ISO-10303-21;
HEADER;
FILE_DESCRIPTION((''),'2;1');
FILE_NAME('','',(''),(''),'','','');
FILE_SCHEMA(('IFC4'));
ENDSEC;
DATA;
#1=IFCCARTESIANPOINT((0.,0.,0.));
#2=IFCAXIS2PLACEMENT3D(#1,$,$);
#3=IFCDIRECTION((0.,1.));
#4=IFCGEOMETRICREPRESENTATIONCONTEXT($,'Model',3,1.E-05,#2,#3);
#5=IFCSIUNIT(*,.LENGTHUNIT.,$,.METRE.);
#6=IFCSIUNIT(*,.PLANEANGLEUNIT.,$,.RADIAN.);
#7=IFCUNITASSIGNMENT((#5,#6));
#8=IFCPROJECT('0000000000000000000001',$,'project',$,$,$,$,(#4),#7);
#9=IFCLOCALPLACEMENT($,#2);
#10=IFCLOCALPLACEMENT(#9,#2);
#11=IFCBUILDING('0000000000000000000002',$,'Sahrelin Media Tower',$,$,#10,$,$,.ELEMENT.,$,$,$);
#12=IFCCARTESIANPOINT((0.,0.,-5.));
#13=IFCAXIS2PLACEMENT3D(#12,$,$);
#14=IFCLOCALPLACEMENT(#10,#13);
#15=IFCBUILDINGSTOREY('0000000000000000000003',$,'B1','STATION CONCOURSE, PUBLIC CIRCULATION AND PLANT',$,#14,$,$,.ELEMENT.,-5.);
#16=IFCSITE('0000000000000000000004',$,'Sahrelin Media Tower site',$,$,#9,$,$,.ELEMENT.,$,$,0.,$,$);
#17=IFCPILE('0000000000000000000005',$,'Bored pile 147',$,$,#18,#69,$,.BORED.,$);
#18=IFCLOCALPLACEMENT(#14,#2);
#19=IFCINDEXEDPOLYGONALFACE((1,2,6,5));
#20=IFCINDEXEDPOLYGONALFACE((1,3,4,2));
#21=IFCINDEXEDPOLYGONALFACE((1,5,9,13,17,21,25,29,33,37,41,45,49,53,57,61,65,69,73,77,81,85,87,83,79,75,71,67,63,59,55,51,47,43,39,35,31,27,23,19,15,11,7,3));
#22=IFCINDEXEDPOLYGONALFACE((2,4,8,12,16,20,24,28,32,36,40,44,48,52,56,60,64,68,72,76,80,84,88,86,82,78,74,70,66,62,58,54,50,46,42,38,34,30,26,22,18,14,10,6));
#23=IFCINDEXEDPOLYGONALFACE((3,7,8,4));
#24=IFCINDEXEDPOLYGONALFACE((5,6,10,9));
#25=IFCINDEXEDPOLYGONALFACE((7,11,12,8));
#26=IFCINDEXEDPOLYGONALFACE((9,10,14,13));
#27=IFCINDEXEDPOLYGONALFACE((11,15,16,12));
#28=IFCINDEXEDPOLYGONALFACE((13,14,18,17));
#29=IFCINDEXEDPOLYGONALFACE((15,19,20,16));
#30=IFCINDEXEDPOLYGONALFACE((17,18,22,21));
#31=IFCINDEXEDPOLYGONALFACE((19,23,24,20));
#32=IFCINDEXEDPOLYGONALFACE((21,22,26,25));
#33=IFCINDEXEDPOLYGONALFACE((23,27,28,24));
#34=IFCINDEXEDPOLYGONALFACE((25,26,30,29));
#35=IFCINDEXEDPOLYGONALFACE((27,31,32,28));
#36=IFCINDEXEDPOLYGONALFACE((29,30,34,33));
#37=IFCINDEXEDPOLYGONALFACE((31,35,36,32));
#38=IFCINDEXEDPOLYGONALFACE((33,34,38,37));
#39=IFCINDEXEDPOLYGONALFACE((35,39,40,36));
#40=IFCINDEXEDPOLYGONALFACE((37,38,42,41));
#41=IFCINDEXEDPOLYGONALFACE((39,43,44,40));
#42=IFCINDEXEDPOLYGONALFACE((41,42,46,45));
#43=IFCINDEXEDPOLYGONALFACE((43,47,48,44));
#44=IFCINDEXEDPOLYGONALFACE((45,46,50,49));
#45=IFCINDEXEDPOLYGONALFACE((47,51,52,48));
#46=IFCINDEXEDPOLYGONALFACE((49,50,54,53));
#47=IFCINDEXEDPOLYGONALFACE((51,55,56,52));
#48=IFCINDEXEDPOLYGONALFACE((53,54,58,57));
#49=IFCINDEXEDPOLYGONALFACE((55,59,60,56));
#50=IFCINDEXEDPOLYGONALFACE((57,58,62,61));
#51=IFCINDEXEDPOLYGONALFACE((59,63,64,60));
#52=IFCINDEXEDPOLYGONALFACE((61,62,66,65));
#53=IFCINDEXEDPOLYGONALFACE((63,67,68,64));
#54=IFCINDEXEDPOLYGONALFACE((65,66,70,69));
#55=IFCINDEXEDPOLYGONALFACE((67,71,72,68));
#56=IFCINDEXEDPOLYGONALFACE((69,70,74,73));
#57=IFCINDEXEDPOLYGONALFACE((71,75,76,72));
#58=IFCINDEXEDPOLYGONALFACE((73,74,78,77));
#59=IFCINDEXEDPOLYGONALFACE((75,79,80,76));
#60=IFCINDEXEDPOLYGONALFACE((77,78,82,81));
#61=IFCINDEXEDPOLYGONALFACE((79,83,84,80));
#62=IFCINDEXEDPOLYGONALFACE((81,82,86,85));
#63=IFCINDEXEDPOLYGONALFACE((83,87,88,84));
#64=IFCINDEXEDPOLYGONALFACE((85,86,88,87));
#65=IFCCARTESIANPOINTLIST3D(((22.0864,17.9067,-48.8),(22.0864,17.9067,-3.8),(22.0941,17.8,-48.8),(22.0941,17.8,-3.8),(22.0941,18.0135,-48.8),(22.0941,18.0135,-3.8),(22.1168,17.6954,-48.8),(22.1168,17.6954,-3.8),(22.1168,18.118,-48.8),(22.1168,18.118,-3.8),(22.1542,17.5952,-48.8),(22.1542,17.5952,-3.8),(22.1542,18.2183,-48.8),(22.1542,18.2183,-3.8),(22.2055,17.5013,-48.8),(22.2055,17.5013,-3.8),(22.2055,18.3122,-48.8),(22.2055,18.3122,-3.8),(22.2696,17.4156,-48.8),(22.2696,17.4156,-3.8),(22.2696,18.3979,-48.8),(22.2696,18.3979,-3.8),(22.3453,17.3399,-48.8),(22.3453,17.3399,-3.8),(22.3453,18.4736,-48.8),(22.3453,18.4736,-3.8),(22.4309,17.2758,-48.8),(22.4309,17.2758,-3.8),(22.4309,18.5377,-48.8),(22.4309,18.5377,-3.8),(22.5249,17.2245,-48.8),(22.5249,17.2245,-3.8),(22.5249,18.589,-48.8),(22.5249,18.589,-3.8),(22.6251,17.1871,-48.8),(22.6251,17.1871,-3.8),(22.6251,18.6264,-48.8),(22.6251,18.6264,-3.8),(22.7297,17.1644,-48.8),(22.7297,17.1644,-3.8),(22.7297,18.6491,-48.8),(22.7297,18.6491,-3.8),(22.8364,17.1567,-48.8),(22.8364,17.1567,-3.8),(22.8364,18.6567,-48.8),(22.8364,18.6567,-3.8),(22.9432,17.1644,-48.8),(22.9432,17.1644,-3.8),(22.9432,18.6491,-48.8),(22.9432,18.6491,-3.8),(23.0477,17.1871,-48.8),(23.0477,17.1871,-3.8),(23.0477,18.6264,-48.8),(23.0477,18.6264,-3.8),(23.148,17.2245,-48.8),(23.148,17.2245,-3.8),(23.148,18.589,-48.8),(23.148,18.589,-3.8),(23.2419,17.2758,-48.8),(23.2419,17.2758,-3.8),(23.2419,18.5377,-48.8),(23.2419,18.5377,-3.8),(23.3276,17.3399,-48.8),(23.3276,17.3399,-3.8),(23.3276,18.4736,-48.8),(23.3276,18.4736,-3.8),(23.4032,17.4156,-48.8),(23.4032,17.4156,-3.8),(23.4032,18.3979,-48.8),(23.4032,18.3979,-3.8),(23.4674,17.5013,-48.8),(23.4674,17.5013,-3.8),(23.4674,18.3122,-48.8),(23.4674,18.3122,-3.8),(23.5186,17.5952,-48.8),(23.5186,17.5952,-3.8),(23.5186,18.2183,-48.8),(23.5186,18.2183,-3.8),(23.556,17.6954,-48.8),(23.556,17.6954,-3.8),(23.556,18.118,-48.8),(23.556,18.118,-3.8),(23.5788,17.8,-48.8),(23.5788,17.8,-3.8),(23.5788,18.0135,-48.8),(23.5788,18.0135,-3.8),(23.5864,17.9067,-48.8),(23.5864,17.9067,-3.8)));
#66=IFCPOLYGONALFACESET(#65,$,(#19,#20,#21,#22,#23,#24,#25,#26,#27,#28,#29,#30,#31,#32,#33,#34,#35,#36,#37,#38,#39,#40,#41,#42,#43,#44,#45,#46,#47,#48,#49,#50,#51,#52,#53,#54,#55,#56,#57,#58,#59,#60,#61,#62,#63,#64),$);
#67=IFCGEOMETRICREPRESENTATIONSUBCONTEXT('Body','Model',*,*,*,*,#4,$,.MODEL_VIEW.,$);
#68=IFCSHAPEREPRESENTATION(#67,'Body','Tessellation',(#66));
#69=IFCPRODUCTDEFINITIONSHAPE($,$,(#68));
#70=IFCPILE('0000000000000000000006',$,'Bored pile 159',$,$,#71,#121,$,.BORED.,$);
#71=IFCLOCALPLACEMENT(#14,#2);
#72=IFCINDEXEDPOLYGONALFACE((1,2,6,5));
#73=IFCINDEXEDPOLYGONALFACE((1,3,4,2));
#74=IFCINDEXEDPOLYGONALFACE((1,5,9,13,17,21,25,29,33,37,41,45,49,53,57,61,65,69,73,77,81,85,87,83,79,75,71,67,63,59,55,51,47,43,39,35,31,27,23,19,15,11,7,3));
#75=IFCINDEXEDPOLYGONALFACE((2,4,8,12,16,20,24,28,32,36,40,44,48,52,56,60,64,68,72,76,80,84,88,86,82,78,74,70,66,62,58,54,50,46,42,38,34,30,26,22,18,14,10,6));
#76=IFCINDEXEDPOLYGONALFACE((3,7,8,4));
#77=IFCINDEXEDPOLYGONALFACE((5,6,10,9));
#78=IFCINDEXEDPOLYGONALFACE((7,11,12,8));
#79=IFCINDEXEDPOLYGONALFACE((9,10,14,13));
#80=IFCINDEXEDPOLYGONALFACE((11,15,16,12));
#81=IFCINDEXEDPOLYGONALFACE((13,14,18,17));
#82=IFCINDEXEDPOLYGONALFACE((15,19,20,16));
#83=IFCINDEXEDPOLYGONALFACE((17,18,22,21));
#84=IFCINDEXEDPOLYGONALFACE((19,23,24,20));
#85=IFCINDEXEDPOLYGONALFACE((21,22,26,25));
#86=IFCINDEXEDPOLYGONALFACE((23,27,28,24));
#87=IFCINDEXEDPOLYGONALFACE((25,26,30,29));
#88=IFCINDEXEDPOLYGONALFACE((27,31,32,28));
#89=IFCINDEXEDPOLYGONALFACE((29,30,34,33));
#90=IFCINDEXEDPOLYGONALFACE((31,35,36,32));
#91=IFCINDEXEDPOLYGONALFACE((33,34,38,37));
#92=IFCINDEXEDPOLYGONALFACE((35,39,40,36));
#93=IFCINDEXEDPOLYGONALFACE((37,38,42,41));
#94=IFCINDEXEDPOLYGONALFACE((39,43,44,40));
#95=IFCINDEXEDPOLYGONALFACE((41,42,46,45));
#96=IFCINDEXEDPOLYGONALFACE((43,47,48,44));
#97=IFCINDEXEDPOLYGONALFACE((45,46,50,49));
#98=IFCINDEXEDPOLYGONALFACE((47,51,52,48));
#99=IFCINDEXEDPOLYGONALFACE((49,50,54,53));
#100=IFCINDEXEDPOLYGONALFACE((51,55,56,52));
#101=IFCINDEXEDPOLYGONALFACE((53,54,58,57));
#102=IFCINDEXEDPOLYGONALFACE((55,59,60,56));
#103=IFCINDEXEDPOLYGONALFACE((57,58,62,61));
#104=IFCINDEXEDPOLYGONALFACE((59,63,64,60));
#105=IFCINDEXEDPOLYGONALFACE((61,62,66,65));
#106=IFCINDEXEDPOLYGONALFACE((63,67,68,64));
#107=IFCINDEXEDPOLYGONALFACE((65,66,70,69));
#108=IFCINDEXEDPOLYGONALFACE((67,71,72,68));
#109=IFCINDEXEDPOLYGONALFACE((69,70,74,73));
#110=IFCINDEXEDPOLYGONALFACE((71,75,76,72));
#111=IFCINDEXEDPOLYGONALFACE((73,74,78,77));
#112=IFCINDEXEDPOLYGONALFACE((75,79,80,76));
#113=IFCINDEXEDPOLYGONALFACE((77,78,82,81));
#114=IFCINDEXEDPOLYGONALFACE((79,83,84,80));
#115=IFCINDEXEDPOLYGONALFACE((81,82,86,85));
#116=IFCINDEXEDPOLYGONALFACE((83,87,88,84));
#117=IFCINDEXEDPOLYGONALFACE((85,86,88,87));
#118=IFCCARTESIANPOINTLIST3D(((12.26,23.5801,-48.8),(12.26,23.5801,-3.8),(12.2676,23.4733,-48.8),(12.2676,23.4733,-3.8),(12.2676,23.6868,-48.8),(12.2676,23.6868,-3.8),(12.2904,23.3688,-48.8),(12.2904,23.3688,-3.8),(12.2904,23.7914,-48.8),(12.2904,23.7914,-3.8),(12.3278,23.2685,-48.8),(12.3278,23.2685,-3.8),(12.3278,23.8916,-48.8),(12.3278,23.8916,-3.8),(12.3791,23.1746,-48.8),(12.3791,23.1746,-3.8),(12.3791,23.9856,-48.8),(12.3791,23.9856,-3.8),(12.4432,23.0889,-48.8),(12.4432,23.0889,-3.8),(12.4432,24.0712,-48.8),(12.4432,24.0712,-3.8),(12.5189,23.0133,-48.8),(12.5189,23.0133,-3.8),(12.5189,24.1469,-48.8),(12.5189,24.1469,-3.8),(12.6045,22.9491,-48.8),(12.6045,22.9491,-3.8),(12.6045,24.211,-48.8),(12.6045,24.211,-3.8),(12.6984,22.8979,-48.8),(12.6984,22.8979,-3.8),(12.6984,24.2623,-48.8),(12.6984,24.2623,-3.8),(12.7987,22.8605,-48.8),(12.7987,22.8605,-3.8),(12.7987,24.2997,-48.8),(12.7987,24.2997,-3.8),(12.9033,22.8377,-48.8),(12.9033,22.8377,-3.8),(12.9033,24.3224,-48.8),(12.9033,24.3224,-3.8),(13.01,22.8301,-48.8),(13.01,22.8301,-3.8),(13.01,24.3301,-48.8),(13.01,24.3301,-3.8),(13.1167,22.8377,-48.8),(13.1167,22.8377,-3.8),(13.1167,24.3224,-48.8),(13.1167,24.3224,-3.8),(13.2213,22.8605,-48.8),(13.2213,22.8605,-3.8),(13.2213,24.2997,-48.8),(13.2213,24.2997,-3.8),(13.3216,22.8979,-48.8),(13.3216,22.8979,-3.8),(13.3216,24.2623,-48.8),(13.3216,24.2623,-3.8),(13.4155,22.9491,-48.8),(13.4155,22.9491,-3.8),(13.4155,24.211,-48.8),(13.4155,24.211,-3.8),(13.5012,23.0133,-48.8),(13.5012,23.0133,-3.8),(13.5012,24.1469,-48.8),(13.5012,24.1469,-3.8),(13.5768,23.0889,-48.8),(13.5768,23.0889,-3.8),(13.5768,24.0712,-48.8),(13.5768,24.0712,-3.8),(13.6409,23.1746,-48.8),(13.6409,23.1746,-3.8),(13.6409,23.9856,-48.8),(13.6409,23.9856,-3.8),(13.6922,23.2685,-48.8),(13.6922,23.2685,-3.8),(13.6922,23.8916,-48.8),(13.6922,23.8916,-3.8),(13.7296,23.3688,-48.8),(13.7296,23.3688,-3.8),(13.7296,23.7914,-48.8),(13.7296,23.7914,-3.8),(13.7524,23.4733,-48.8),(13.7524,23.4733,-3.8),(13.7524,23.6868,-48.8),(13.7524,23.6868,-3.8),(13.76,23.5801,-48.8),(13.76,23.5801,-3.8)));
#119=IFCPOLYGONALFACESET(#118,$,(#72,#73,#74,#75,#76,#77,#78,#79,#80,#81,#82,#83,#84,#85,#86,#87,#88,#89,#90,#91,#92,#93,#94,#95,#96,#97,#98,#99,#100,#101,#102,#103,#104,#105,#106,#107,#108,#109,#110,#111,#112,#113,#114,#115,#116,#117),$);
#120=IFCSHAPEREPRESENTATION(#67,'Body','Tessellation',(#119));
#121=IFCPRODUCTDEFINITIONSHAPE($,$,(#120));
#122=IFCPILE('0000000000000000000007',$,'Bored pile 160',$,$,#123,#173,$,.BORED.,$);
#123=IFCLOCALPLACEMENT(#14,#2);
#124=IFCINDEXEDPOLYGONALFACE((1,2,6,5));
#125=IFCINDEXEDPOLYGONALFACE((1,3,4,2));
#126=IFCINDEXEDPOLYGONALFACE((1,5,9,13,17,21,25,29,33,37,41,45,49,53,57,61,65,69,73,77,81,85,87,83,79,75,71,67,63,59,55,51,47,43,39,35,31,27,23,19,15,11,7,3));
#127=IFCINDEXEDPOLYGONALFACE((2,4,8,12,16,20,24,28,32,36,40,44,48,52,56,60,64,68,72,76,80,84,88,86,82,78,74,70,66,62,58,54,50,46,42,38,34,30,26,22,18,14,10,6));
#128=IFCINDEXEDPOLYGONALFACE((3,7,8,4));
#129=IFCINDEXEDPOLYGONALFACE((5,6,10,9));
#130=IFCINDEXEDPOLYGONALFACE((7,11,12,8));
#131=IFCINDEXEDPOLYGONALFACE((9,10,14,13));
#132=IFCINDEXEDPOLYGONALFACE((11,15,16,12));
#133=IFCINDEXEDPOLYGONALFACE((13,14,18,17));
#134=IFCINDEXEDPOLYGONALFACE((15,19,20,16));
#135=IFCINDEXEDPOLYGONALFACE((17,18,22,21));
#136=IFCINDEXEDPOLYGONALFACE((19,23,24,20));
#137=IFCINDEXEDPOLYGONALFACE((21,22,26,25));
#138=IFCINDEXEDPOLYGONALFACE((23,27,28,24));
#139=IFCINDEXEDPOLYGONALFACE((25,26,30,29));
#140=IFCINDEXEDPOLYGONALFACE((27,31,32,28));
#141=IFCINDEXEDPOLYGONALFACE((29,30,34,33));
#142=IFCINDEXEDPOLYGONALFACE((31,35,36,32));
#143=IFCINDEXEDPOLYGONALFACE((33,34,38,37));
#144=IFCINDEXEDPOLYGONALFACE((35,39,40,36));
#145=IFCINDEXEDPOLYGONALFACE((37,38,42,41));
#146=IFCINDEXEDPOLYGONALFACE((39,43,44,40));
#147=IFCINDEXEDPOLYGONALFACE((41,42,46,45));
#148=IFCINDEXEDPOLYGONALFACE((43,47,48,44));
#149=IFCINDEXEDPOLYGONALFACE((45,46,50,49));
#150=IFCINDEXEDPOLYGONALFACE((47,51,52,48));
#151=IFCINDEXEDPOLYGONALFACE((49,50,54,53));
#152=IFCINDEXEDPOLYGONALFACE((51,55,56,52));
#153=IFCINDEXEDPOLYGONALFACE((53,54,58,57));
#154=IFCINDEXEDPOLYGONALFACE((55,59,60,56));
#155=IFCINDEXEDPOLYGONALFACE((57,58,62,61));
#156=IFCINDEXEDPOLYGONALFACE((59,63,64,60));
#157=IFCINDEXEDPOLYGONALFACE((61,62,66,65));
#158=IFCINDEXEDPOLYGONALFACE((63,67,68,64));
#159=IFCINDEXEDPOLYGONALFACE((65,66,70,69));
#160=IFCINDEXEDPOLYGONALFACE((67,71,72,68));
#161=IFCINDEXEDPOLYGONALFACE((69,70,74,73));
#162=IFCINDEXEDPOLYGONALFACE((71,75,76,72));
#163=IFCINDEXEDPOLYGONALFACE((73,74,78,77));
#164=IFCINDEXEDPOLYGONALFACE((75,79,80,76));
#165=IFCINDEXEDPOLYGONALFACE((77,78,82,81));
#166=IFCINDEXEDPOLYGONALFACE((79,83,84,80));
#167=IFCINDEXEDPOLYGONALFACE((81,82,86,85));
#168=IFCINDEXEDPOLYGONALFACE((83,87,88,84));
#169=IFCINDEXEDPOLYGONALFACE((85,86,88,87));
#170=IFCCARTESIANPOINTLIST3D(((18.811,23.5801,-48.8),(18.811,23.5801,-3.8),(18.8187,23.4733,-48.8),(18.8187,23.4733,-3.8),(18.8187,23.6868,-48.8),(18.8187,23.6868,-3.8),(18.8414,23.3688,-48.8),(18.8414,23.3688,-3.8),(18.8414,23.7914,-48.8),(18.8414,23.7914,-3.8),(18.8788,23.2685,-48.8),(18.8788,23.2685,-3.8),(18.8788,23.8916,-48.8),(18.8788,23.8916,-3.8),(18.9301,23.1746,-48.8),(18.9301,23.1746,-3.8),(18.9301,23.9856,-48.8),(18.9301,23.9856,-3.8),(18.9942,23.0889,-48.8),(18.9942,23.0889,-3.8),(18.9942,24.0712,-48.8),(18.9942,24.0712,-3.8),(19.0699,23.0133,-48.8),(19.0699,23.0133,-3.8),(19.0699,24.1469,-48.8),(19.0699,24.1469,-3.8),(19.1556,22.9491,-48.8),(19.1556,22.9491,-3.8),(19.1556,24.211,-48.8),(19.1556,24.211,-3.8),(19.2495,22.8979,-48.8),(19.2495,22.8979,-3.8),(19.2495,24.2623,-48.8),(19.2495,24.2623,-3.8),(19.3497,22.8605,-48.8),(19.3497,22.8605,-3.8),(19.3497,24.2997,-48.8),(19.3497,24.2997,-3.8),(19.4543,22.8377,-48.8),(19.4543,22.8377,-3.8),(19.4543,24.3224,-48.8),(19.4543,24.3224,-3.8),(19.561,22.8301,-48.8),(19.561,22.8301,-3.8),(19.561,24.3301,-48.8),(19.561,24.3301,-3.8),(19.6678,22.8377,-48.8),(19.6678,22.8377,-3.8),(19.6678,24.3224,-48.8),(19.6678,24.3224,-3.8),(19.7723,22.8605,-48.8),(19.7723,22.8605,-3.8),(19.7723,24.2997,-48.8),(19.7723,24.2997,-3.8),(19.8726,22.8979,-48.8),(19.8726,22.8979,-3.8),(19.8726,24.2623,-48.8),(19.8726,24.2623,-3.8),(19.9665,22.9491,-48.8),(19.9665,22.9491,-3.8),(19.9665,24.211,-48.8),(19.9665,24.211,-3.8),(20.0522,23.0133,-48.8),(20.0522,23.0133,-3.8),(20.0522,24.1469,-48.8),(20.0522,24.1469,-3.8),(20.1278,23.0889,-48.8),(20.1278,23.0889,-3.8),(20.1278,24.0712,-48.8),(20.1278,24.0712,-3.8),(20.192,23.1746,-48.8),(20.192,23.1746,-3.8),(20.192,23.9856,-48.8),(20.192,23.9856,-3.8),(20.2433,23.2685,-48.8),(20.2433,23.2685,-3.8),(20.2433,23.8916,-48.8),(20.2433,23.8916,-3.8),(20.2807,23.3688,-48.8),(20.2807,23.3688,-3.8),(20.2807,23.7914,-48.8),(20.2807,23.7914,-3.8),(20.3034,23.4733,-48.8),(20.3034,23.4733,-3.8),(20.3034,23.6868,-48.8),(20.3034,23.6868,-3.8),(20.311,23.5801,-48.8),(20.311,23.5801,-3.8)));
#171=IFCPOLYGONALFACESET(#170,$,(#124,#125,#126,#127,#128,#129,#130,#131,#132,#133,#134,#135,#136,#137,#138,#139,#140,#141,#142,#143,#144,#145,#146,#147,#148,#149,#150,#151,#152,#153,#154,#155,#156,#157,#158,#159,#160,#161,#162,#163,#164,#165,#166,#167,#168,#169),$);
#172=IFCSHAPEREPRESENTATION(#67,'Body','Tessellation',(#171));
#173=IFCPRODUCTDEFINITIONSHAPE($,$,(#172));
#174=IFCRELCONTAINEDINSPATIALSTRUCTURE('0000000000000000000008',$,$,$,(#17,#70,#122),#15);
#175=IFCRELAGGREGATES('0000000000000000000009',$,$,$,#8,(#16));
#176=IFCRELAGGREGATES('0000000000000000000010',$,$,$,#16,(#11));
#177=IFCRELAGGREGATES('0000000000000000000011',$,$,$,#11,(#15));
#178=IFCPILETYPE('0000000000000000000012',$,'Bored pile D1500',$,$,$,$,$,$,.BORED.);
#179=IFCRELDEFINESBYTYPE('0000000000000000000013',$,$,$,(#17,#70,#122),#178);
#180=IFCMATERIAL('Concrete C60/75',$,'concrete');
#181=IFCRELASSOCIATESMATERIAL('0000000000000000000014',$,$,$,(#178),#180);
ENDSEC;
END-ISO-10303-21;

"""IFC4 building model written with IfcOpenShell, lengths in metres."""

from ifc_helpers import new_model, si_unit, direction, frame, origin, origin_2d, place, context, subcontext, project, spatial, circle, extrude, material, material_profile, profile_set, type_object, element, save


model = new_model("IFC4")

# Units and contexts
model_context = context("Model", 3, precision=1e-05, world=origin(), true_north=direction((0.0, 1.0)))
body_context = subcontext(model_context, "Body", "Model", "MODEL_VIEW")
ifc_project = project(units=[si_unit("LENGTHUNIT", "METRE"), si_unit("PLANEANGLEUNIT", "RADIAN")], contexts=[model_context])

# Site, building, storey
site_placement = place(None, origin())
site = spatial("IfcSite", under=ifc_project, at=site_placement, Name="Sahrelin Media Tower site", CompositionType="ELEMENT", RefElevation=0.0)
building_placement = place(site_placement, origin())
building = spatial("IfcBuilding", under=site, at=building_placement, Name="Sahrelin Media Tower", CompositionType="ELEMENT")
storey_placement = place(building_placement, frame((0.0, 0.0, -5.0)))
storey = spatial("IfcBuildingStorey", under=building, at=storey_placement, Name="B1", Description="STATION CONCOURSE, PUBLIC CIRCULATION AND PLANT", CompositionType="ELEMENT", Elevation=-5.0)

# Piles
ifc_material_1 = material(Name="Concrete C60/75", Category="concrete")
ifc_material_profile_1 = material_profile(ifc_material_1, circle(Radius=0.75, at=origin_2d()), Name="Bored pile D1500")
ifc_profile_set_1 = profile_set([ifc_material_profile_1], Name="Concrete C60/75")
pile_type = type_object("IfcPileType", Name="Bored pile D1500", PredefinedType="BORED", material=ifc_profile_set_1)
for number, where, z_axis, x_axis, name in (
    (1, (22.8364, 17.9067, -3.8), (0.0, 0.0, -1.0), (1.0, 0.0, 0.0), "Bored pile 147"),
    (2, (13.01, 23.5801, -3.8), (0.0, 0.0, -1.0), (1.0, 0.0, 0.0), "Bored pile 159"),
    (3, (19.561, 23.5801, -3.8), (0.0, 0.0, -1.0), (1.0, 0.0, 0.0), "Bored pile 160"),
):
    element("IfcPile", number, at=place(storey_placement, frame(where, z_axis=z_axis, x_axis=x_axis)), inside=storey, type_object=pile_type, Name=name, PredefinedType="BORED", context=body_context, shape_type="SweptSolid", body=[
        extrude(circle(Radius=0.75, at=origin_2d()), origin(), (0.0, 0.0, 1.0), 45.0),
    ])

save(model, "model.ifc")
